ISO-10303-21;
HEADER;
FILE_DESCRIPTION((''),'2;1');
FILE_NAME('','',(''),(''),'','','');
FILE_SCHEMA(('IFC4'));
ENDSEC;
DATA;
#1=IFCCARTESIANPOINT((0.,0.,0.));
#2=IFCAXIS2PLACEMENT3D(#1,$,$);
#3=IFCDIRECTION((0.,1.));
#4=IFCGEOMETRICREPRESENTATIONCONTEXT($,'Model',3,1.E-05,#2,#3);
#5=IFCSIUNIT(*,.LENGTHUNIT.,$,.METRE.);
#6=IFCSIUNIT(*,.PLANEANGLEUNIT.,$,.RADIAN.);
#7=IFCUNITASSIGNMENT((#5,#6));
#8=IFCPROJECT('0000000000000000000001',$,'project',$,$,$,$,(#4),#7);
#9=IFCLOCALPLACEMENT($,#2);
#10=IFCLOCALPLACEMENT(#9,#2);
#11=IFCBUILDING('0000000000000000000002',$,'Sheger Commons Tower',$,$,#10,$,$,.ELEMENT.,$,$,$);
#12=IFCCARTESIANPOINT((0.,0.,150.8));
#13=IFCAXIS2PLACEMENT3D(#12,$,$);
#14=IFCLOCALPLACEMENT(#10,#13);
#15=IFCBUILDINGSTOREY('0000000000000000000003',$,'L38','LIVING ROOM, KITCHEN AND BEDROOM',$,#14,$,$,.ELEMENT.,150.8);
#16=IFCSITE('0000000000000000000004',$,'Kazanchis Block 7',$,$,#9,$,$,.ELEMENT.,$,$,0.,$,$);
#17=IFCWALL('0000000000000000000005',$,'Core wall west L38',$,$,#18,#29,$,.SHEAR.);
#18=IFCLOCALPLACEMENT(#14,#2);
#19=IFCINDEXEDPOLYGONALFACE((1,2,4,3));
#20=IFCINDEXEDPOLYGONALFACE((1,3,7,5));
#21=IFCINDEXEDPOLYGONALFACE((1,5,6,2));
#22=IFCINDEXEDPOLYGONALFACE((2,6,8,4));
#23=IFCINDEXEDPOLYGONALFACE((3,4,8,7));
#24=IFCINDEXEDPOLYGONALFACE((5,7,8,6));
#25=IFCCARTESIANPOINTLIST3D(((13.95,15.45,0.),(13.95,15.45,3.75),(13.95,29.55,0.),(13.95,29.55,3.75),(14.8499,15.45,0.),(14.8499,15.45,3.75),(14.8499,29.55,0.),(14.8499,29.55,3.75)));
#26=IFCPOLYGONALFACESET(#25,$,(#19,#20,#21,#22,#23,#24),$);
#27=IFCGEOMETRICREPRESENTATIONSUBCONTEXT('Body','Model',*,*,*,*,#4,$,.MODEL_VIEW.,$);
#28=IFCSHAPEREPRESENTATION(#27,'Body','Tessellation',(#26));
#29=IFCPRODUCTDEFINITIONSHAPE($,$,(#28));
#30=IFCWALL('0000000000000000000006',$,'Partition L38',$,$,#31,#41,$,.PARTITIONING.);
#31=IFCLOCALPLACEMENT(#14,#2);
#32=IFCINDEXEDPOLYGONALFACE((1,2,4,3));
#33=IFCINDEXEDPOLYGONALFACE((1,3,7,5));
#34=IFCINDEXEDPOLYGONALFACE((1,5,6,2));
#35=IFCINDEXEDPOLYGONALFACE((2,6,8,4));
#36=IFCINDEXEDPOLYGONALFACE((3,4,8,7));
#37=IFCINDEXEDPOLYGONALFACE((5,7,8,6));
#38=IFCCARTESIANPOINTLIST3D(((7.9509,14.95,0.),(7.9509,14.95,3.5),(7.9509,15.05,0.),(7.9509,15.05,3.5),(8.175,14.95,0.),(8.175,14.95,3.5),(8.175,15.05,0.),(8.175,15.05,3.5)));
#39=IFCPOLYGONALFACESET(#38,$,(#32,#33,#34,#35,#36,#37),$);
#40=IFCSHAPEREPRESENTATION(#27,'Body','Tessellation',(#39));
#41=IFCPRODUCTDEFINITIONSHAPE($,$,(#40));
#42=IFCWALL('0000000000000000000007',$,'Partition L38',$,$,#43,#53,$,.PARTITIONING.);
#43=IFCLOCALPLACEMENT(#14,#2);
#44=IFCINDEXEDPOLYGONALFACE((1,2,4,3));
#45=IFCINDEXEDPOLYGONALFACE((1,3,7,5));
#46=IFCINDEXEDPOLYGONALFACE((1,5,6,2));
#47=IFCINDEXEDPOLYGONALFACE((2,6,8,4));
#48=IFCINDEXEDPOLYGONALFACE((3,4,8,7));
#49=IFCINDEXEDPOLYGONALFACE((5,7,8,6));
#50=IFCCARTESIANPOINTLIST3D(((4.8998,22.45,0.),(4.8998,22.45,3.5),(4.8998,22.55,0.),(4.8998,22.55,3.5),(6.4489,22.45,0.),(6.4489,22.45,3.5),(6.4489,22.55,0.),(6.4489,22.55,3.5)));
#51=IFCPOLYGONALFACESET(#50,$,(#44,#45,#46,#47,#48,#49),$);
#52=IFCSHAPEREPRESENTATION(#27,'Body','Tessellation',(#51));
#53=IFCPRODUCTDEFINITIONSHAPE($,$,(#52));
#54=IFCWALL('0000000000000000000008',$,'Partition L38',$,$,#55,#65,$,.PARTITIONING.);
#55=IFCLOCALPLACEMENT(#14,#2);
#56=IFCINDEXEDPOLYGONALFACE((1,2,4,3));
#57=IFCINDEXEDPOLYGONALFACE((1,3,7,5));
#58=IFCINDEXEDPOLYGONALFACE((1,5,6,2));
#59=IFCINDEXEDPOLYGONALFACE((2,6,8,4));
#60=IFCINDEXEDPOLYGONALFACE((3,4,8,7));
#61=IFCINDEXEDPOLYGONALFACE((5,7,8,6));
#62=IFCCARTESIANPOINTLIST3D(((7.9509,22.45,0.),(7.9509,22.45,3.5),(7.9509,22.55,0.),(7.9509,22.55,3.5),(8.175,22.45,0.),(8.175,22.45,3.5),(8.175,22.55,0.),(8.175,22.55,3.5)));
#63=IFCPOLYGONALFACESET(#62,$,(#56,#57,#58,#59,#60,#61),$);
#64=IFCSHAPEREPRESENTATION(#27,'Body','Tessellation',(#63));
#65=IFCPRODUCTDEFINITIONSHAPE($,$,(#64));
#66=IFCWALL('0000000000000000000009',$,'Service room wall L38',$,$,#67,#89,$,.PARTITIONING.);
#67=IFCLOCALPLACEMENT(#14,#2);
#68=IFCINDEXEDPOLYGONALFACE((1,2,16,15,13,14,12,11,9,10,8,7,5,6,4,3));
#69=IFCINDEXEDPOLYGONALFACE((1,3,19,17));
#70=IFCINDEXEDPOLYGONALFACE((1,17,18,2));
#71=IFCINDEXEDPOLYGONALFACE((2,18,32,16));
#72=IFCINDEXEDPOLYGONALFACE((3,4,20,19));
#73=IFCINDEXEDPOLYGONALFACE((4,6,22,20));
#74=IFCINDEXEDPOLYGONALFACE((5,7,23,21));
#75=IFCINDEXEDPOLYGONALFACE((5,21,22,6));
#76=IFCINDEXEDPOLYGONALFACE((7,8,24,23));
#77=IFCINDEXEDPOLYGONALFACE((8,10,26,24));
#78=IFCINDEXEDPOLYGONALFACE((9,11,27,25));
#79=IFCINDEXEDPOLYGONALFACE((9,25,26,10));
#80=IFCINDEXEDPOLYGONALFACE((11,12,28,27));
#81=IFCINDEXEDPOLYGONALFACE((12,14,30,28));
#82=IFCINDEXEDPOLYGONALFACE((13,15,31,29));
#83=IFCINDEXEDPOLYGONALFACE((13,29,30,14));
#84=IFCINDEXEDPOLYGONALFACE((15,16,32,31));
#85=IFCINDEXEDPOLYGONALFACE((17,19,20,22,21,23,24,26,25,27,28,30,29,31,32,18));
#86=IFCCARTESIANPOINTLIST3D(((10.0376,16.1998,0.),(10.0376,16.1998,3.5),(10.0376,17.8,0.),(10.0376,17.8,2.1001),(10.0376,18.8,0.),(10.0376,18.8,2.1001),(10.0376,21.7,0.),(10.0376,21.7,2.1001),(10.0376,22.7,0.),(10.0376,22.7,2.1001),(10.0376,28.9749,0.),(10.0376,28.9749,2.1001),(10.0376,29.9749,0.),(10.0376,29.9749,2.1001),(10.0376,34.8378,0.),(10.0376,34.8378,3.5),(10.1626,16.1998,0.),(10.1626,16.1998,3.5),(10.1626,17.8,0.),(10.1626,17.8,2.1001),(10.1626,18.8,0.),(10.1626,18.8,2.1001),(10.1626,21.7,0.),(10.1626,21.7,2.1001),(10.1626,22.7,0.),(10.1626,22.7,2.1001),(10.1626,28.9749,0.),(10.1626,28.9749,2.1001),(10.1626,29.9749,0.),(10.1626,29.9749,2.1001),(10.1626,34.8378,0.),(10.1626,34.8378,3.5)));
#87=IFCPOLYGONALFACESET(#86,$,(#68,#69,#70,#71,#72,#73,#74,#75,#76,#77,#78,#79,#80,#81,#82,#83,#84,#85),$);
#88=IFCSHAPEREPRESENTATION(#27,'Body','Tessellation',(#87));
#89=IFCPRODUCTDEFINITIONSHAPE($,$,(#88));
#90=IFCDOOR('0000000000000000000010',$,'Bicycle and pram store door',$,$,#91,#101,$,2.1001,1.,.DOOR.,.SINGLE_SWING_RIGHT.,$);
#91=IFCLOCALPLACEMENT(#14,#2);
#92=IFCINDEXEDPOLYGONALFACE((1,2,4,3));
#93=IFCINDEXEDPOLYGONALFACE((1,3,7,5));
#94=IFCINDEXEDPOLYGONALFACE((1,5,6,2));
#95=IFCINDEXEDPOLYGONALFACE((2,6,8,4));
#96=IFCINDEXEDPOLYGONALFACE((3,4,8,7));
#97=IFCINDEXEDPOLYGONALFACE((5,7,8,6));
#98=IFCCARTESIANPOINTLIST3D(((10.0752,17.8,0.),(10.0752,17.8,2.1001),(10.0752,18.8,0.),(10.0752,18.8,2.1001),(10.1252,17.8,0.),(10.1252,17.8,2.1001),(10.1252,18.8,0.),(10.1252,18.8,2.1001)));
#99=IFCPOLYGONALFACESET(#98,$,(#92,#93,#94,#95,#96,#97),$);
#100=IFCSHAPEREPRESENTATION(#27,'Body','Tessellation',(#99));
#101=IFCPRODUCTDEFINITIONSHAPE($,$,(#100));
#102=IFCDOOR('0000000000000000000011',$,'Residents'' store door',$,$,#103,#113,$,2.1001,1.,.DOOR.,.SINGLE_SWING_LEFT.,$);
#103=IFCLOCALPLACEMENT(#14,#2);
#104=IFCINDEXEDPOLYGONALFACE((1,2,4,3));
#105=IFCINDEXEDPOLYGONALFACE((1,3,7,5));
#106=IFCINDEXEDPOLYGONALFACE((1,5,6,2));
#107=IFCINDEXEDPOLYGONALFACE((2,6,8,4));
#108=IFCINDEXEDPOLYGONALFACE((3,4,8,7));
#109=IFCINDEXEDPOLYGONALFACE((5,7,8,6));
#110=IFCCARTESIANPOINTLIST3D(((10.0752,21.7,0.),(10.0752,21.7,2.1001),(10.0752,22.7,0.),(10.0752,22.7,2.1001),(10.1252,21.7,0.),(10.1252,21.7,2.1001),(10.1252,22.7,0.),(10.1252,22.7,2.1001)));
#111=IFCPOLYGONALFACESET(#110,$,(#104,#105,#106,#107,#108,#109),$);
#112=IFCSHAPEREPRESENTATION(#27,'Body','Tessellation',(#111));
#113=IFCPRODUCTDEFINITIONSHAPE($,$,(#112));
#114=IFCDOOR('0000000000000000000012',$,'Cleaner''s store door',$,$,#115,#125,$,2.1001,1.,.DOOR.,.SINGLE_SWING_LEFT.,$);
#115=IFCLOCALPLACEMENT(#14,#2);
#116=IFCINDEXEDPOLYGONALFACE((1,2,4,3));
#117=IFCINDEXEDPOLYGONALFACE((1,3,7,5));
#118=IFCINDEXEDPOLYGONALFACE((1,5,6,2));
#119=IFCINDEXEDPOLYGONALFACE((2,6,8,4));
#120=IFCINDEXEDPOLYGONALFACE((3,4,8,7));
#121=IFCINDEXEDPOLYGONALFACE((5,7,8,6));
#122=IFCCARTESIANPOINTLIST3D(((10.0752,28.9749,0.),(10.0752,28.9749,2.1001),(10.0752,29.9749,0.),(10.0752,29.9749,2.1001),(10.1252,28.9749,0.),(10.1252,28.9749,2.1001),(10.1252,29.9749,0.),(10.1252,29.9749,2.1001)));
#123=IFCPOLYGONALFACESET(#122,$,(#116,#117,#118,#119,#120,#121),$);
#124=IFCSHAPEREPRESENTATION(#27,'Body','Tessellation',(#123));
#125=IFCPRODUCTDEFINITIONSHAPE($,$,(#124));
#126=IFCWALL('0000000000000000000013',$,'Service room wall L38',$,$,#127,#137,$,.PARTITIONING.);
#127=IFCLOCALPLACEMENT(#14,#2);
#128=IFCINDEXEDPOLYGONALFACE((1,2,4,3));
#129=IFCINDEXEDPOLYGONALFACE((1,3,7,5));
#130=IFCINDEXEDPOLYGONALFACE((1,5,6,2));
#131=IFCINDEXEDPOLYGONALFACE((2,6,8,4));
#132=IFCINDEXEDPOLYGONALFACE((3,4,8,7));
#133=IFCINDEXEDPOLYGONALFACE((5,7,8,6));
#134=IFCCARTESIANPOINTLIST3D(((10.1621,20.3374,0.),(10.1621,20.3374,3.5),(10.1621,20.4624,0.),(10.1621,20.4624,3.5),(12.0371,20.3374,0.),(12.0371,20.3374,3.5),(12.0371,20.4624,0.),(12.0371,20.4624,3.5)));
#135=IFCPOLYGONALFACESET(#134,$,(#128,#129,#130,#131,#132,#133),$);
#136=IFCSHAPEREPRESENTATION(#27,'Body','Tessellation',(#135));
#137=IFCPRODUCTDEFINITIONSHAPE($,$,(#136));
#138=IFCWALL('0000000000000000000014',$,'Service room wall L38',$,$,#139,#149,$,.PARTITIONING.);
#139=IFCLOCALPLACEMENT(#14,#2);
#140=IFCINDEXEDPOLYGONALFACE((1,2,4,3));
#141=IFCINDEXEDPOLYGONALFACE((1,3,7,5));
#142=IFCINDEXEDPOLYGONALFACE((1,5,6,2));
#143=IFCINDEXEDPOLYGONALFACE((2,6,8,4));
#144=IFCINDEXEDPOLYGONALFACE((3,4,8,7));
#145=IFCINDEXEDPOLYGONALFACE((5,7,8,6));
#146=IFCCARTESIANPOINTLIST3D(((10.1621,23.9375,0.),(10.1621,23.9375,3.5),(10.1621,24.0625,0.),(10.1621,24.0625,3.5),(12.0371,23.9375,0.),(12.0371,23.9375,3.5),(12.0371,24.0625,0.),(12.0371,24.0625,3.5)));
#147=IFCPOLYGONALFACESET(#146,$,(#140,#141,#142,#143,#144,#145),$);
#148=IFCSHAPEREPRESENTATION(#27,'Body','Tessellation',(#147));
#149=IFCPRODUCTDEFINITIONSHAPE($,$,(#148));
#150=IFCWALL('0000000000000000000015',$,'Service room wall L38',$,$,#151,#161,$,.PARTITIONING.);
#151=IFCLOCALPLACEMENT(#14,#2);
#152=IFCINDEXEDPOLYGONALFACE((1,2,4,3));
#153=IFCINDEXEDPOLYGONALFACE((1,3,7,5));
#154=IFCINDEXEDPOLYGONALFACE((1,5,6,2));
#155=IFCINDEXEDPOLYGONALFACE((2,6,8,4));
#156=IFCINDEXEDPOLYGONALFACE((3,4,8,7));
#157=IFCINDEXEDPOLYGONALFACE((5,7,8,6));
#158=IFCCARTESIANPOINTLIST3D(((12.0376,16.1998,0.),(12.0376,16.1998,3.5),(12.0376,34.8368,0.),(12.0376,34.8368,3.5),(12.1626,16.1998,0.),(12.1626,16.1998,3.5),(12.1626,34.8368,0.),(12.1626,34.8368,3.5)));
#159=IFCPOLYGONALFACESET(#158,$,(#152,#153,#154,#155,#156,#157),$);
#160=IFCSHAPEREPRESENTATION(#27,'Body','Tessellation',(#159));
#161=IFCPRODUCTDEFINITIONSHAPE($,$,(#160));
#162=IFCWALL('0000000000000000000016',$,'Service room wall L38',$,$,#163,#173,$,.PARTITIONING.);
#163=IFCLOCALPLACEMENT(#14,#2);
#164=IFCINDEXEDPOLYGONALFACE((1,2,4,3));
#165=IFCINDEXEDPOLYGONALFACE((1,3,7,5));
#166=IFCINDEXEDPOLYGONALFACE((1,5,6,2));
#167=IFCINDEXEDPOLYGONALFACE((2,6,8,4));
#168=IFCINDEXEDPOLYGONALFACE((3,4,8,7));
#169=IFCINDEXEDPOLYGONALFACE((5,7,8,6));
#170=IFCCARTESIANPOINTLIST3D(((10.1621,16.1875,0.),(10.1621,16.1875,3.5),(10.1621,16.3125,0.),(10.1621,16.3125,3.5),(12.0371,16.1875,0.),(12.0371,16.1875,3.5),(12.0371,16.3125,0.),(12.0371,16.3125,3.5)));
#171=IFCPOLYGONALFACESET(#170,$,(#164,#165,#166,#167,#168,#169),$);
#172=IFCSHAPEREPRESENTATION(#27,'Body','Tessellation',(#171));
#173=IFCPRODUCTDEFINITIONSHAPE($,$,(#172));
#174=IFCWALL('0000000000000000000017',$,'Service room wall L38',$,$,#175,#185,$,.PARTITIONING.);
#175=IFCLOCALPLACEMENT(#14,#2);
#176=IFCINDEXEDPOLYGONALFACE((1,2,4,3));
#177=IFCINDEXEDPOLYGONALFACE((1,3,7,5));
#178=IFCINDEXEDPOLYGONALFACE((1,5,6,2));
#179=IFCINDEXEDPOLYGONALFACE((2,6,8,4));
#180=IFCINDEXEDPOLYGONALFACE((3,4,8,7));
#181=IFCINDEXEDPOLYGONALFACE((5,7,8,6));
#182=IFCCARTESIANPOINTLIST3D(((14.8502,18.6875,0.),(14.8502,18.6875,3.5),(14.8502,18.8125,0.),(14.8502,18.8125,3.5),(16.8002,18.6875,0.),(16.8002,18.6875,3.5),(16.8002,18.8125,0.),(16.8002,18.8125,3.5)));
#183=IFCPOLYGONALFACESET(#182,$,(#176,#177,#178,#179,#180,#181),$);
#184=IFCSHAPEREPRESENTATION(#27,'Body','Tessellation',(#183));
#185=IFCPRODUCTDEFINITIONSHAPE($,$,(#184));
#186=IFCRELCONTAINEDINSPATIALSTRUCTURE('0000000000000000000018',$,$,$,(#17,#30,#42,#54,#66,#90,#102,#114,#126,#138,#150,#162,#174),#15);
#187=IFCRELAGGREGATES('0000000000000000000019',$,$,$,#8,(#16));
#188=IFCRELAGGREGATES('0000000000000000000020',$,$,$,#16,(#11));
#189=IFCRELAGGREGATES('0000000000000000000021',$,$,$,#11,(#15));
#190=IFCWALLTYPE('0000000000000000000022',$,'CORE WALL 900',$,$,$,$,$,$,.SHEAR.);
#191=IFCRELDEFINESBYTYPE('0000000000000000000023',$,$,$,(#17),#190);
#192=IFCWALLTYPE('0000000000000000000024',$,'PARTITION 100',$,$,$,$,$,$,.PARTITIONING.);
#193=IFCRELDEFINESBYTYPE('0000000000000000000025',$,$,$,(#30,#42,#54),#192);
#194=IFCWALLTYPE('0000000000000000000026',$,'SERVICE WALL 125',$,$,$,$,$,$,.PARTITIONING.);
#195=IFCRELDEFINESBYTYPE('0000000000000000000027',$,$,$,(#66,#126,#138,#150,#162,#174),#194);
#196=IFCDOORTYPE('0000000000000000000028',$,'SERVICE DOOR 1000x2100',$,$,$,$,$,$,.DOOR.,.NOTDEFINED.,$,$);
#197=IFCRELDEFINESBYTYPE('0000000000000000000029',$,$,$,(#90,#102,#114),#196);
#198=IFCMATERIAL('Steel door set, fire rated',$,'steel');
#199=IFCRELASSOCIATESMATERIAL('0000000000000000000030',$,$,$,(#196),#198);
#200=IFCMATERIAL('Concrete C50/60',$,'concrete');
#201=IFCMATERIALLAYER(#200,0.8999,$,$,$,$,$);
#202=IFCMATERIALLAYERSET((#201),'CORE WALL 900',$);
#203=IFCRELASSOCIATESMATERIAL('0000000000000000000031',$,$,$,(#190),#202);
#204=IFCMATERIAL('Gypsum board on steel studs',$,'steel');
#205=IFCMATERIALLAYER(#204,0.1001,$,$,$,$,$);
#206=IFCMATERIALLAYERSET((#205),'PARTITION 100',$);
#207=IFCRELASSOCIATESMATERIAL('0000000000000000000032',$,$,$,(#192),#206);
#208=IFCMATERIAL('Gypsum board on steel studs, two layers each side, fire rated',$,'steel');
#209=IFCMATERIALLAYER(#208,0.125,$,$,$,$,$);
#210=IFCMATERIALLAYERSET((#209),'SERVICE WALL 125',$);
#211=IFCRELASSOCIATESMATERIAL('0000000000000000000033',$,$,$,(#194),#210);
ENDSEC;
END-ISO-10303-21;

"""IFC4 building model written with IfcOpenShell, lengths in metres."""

from ifc_helpers import new_model, si_unit, direction, frame, frame_2d, origin, place, context, subcontext, project, spatial, rectangle, extrude, material, layer, layer_set, type_object, element, fill, save


model = new_model("IFC4")

# Units and contexts
model_context = context("Model", 3, precision=1e-05, world=origin(), true_north=direction((0.0, 1.0)))
body_context = subcontext(model_context, "Body", "Model", "MODEL_VIEW")
ifc_project = project(units=[si_unit("LENGTHUNIT", "METRE"), si_unit("PLANEANGLEUNIT", "RADIAN")], contexts=[model_context])

# Site, building, storey
site_placement = place(None, origin())
site = spatial("IfcSite", under=ifc_project, at=site_placement, Name="Kazanchis Block 7", CompositionType="ELEMENT", RefElevation=0.0)
building_placement = place(site_placement, origin())
building = spatial("IfcBuilding", under=site, at=building_placement, Name="Sheger Commons Tower", CompositionType="ELEMENT")
storey_placement = place(building_placement, frame((0.0, 0.0, 150.8)))
storey = spatial("IfcBuildingStorey", under=building, at=storey_placement, Name="L38", Description="LIVING ROOM, KITCHEN AND BEDROOM", CompositionType="ELEMENT", Elevation=150.8)

# Shared definitions
ifc_material_1 = material(Name="Steel door set, fire rated", Category="steel")
door_type_1 = type_object("IfcDoorType", Name="SERVICE DOOR 1000x2100", OperationType="NOTDEFINED", PredefinedType="DOOR", material=ifc_material_1)
ifc_material_2 = material(Name="Concrete C50/60", Category="concrete")
ifc_layer_1 = layer(ifc_material_2, 0.8999)
ifc_layer_set_1 = layer_set([ifc_layer_1], Name="CORE WALL 900")
wall_type_1 = type_object("IfcWallType", Name="CORE WALL 900", PredefinedType="SHEAR", material=ifc_layer_set_1)

# Walls
wall_1_placement = place(storey_placement, frame((14.3999, 15.45, 0.0), z_axis=(0.0, 0.0, 1.0), x_axis=(0.0, 1.0, 0.0)))
element("IfcWall", 1, at=wall_1_placement, inside=storey, type_object=wall_type_1, Name="Core wall west L38", PredefinedType="SHEAR", context=body_context, shape_type="SweptSolid", body=[
    extrude(rectangle(XDim=14.1001, YDim=0.8999, at=frame_2d((7.05, 0.0))), origin(), (0.0, 0.0, 1.0), 3.75),
])
ifc_material_3 = material(Name="Gypsum board on steel studs", Category="steel")
ifc_layer_2 = layer(ifc_material_3, 0.1001)
ifc_layer_set_2 = layer_set([ifc_layer_2], Name="PARTITION 100")
wall_type_2 = type_object("IfcWallType", Name="PARTITION 100", PredefinedType="PARTITIONING", material=ifc_layer_set_2)
wall_2_placement = place(storey_placement, frame((7.9509, 15.0, 0.0), z_axis=(0.0, 0.0, 1.0), x_axis=(1.0, 0.0, 0.0)))
element("IfcWall", 2, at=wall_2_placement, inside=storey, type_object=wall_type_2, Name="Partition L38", PredefinedType="PARTITIONING", context=body_context, shape_type="SweptSolid", body=[
    extrude(rectangle(XDim=0.2241, YDim=0.1001, at=frame_2d((0.1121, 0.0))), origin(), (0.0, 0.0, 1.0), 3.5),
])
wall_3_placement = place(storey_placement, frame((4.8999, 22.5, 0.0), z_axis=(0.0, 0.0, 1.0), x_axis=(1.0, 0.0, 0.0)))
element("IfcWall", 3, at=wall_3_placement, inside=storey, type_object=wall_type_2, Name="Partition L38", PredefinedType="PARTITIONING", context=body_context, shape_type="SweptSolid", body=[
    extrude(rectangle(XDim=1.5491, YDim=0.1001, at=frame_2d((0.7744, 0.0))), origin(), (0.0, 0.0, 1.0), 3.5),
])
wall_4_placement = place(storey_placement, frame((7.9509, 22.5, 0.0), z_axis=(0.0, 0.0, 1.0), x_axis=(1.0, 0.0, 0.0)))
element("IfcWall", 4, at=wall_4_placement, inside=storey, type_object=wall_type_2, Name="Partition L38", PredefinedType="PARTITIONING", context=body_context, shape_type="SweptSolid", body=[
    extrude(rectangle(XDim=0.2241, YDim=0.1001, at=frame_2d((0.1121, 0.0))), origin(), (0.0, 0.0, 1.0), 3.5),
])

# Wall, openings, doors
ifc_material_4 = material(Name="Gypsum board on steel studs, two layers each side, fire rated", Category="steel")
ifc_layer_3 = layer(ifc_material_4, 0.125)
ifc_layer_set_3 = layer_set([ifc_layer_3], Name="SERVICE WALL 125")
wall_type_3 = type_object("IfcWallType", Name="SERVICE WALL 125", PredefinedType="PARTITIONING", material=ifc_layer_set_3)
wall_5_placement = place(storey_placement, frame((10.1001, 16.2, 0.0), z_axis=(0.0, 0.0, 1.0), x_axis=(0.0, 1.0, 0.0)))
wall_5 = element("IfcWall", 5, at=wall_5_placement, inside=storey, type_object=wall_type_3, Name="Service room wall L38", PredefinedType="PARTITIONING", context=body_context, shape_type="SweptSolid", body=[
    extrude(rectangle(XDim=18.6379, YDim=0.125, at=frame_2d((9.3188, 0.0))), origin(), (0.0, 0.0, 1.0), 3.5),
])
opening_1_placement = place(wall_5_placement, frame((1.6001, 0.0, 0.0)))
opening_1 = element("IfcOpeningElement", 6, at=opening_1_placement, cuts=wall_5, PredefinedType="OPENING", context=body_context, shape_type="SweptSolid", body=[
    extrude(rectangle(XDim=1.0, YDim=2.1001, at=frame_2d((0.5, 1.05))), frame((0.0, 0.0725, 0.0), z_axis=(0.0, -1.0, 0.0), x_axis=(1.0, 0.0, 0.0)), (0.0, 0.0, 1.0), 0.145),
])
opening_2_placement = place(wall_5_placement, frame((5.5, 0.0, 0.0)))
opening_2 = element("IfcOpeningElement", 7, at=opening_2_placement, cuts=wall_5, PredefinedType="OPENING", context=body_context, shape_type="SweptSolid", body=[
    extrude(rectangle(XDim=1.0, YDim=2.1001, at=frame_2d((0.5, 1.05))), frame((0.0, 0.0725, 0.0), z_axis=(0.0, -1.0, 0.0), x_axis=(1.0, 0.0, 0.0)), (0.0, 0.0, 1.0), 0.145),
])
opening_3_placement = place(wall_5_placement, frame((12.7749, 0.0, 0.0)))
opening_3 = element("IfcOpeningElement", 8, at=opening_3_placement, cuts=wall_5, PredefinedType="OPENING", context=body_context, shape_type="SweptSolid", body=[
    extrude(rectangle(XDim=1.0, YDim=2.1001, at=frame_2d((0.5, 1.05))), frame((0.0, 0.0725, 0.0), z_axis=(0.0, -1.0, 0.0), x_axis=(1.0, 0.0, 0.0)), (0.0, 0.0, 1.0), 0.145),
])
door_1_placement = place(opening_1_placement, origin())
door_1 = element("IfcDoor", 9, at=door_1_placement, inside=storey, type_object=door_type_1, Name="Bicycle and pram store door", OperationType="SINGLE_SWING_RIGHT", OverallHeight=2.1001, OverallWidth=1.0, PredefinedType="DOOR", context=body_context, shape_type="SweptSolid", body=[
    extrude(rectangle(XDim=1.0, YDim=2.1001, at=frame_2d((0.5, 1.05))), frame((0.0, 0.0249, 0.0), z_axis=(0.0, -1.0, 0.0), x_axis=(1.0, 0.0, 0.0)), (0.0, 0.0, 1.0), 0.05),
])
fill(opening_1, door_1)
door_2_placement = place(opening_2_placement, origin())
door_2 = element("IfcDoor", 10, at=door_2_placement, inside=storey, type_object=door_type_1, Name="Residents' store door", OperationType="SINGLE_SWING_LEFT", OverallHeight=2.1001, OverallWidth=1.0, PredefinedType="DOOR", context=body_context, shape_type="SweptSolid", body=[
    extrude(rectangle(XDim=1.0, YDim=2.1001, at=frame_2d((0.5, 1.05))), frame((0.0, 0.0249, 0.0), z_axis=(0.0, -1.0, 0.0), x_axis=(1.0, 0.0, 0.0)), (0.0, 0.0, 1.0), 0.05),
])
fill(opening_2, door_2)
door_3_placement = place(opening_3_placement, origin())
door_3 = element("IfcDoor", 11, at=door_3_placement, inside=storey, type_object=door_type_1, Name="Cleaner's store door", OperationType="SINGLE_SWING_LEFT", OverallHeight=2.1001, OverallWidth=1.0, PredefinedType="DOOR", context=body_context, shape_type="SweptSolid", body=[
    extrude(rectangle(XDim=1.0, YDim=2.1001, at=frame_2d((0.5, 1.05))), frame((0.0, 0.0249, 0.0), z_axis=(0.0, -1.0, 0.0), x_axis=(1.0, 0.0, 0.0)), (0.0, 0.0, 1.0), 0.05),
])
fill(opening_3, door_3)

# Walls
for number, where, z_axis, x_axis, name in (
    (12, (10.1621, 20.3999, 0.0), (0.0, 0.0, 1.0), (1.0, 0.0, 0.0), "Service room wall L38"),
    (13, (10.1621, 24.0, 0.0), (0.0, 0.0, 1.0), (1.0, 0.0, 0.0), "Service room wall L38"),
):
    element("IfcWall", number, at=place(storey_placement, frame(where, z_axis=z_axis, x_axis=x_axis)), inside=storey, type_object=wall_type_3, Name=name, PredefinedType="PARTITIONING", context=body_context, shape_type="SweptSolid", body=[
        extrude(rectangle(XDim=1.875, YDim=0.125, at=frame_2d((0.9375, 0.0))), origin(), (0.0, 0.0, 1.0), 3.5),
    ])
wall_6_placement = place(storey_placement, frame((12.1001, 16.2, 0.0), z_axis=(0.0, 0.0, 1.0), x_axis=(0.0, 1.0, 0.0)))
element("IfcWall", 14, at=wall_6_placement, inside=storey, type_object=wall_type_3, Name="Service room wall L38", PredefinedType="PARTITIONING", context=body_context, shape_type="SweptSolid", body=[
    extrude(rectangle(XDim=18.637, YDim=0.125, at=frame_2d((9.3184, 0.0))), origin(), (0.0, 0.0, 1.0), 3.5),
])
wall_7_placement = place(storey_placement, frame((10.1621, 16.25, 0.0), z_axis=(0.0, 0.0, 1.0), x_axis=(1.0, 0.0, 0.0)))
element("IfcWall", 15, at=wall_7_placement, inside=storey, type_object=wall_type_3, Name="Service room wall L38", PredefinedType="PARTITIONING", context=body_context, shape_type="SweptSolid", body=[
    extrude(rectangle(XDim=1.875, YDim=0.125, at=frame_2d((0.9375, 0.0))), origin(), (0.0, 0.0, 1.0), 3.5),
])
wall_8_placement = place(storey_placement, frame((14.8501, 18.75, 0.0), z_axis=(0.0, 0.0, 1.0), x_axis=(1.0, 0.0, 0.0)))
element("IfcWall", 16, at=wall_8_placement, inside=storey, type_object=wall_type_3, Name="Service room wall L38", PredefinedType="PARTITIONING", context=body_context, shape_type="SweptSolid", body=[
    extrude(rectangle(XDim=1.95, YDim=0.125, at=frame_2d((0.9751, 0.0))), origin(), (0.0, 0.0, 1.0), 3.5),
])

save(model, "model.ifc")
